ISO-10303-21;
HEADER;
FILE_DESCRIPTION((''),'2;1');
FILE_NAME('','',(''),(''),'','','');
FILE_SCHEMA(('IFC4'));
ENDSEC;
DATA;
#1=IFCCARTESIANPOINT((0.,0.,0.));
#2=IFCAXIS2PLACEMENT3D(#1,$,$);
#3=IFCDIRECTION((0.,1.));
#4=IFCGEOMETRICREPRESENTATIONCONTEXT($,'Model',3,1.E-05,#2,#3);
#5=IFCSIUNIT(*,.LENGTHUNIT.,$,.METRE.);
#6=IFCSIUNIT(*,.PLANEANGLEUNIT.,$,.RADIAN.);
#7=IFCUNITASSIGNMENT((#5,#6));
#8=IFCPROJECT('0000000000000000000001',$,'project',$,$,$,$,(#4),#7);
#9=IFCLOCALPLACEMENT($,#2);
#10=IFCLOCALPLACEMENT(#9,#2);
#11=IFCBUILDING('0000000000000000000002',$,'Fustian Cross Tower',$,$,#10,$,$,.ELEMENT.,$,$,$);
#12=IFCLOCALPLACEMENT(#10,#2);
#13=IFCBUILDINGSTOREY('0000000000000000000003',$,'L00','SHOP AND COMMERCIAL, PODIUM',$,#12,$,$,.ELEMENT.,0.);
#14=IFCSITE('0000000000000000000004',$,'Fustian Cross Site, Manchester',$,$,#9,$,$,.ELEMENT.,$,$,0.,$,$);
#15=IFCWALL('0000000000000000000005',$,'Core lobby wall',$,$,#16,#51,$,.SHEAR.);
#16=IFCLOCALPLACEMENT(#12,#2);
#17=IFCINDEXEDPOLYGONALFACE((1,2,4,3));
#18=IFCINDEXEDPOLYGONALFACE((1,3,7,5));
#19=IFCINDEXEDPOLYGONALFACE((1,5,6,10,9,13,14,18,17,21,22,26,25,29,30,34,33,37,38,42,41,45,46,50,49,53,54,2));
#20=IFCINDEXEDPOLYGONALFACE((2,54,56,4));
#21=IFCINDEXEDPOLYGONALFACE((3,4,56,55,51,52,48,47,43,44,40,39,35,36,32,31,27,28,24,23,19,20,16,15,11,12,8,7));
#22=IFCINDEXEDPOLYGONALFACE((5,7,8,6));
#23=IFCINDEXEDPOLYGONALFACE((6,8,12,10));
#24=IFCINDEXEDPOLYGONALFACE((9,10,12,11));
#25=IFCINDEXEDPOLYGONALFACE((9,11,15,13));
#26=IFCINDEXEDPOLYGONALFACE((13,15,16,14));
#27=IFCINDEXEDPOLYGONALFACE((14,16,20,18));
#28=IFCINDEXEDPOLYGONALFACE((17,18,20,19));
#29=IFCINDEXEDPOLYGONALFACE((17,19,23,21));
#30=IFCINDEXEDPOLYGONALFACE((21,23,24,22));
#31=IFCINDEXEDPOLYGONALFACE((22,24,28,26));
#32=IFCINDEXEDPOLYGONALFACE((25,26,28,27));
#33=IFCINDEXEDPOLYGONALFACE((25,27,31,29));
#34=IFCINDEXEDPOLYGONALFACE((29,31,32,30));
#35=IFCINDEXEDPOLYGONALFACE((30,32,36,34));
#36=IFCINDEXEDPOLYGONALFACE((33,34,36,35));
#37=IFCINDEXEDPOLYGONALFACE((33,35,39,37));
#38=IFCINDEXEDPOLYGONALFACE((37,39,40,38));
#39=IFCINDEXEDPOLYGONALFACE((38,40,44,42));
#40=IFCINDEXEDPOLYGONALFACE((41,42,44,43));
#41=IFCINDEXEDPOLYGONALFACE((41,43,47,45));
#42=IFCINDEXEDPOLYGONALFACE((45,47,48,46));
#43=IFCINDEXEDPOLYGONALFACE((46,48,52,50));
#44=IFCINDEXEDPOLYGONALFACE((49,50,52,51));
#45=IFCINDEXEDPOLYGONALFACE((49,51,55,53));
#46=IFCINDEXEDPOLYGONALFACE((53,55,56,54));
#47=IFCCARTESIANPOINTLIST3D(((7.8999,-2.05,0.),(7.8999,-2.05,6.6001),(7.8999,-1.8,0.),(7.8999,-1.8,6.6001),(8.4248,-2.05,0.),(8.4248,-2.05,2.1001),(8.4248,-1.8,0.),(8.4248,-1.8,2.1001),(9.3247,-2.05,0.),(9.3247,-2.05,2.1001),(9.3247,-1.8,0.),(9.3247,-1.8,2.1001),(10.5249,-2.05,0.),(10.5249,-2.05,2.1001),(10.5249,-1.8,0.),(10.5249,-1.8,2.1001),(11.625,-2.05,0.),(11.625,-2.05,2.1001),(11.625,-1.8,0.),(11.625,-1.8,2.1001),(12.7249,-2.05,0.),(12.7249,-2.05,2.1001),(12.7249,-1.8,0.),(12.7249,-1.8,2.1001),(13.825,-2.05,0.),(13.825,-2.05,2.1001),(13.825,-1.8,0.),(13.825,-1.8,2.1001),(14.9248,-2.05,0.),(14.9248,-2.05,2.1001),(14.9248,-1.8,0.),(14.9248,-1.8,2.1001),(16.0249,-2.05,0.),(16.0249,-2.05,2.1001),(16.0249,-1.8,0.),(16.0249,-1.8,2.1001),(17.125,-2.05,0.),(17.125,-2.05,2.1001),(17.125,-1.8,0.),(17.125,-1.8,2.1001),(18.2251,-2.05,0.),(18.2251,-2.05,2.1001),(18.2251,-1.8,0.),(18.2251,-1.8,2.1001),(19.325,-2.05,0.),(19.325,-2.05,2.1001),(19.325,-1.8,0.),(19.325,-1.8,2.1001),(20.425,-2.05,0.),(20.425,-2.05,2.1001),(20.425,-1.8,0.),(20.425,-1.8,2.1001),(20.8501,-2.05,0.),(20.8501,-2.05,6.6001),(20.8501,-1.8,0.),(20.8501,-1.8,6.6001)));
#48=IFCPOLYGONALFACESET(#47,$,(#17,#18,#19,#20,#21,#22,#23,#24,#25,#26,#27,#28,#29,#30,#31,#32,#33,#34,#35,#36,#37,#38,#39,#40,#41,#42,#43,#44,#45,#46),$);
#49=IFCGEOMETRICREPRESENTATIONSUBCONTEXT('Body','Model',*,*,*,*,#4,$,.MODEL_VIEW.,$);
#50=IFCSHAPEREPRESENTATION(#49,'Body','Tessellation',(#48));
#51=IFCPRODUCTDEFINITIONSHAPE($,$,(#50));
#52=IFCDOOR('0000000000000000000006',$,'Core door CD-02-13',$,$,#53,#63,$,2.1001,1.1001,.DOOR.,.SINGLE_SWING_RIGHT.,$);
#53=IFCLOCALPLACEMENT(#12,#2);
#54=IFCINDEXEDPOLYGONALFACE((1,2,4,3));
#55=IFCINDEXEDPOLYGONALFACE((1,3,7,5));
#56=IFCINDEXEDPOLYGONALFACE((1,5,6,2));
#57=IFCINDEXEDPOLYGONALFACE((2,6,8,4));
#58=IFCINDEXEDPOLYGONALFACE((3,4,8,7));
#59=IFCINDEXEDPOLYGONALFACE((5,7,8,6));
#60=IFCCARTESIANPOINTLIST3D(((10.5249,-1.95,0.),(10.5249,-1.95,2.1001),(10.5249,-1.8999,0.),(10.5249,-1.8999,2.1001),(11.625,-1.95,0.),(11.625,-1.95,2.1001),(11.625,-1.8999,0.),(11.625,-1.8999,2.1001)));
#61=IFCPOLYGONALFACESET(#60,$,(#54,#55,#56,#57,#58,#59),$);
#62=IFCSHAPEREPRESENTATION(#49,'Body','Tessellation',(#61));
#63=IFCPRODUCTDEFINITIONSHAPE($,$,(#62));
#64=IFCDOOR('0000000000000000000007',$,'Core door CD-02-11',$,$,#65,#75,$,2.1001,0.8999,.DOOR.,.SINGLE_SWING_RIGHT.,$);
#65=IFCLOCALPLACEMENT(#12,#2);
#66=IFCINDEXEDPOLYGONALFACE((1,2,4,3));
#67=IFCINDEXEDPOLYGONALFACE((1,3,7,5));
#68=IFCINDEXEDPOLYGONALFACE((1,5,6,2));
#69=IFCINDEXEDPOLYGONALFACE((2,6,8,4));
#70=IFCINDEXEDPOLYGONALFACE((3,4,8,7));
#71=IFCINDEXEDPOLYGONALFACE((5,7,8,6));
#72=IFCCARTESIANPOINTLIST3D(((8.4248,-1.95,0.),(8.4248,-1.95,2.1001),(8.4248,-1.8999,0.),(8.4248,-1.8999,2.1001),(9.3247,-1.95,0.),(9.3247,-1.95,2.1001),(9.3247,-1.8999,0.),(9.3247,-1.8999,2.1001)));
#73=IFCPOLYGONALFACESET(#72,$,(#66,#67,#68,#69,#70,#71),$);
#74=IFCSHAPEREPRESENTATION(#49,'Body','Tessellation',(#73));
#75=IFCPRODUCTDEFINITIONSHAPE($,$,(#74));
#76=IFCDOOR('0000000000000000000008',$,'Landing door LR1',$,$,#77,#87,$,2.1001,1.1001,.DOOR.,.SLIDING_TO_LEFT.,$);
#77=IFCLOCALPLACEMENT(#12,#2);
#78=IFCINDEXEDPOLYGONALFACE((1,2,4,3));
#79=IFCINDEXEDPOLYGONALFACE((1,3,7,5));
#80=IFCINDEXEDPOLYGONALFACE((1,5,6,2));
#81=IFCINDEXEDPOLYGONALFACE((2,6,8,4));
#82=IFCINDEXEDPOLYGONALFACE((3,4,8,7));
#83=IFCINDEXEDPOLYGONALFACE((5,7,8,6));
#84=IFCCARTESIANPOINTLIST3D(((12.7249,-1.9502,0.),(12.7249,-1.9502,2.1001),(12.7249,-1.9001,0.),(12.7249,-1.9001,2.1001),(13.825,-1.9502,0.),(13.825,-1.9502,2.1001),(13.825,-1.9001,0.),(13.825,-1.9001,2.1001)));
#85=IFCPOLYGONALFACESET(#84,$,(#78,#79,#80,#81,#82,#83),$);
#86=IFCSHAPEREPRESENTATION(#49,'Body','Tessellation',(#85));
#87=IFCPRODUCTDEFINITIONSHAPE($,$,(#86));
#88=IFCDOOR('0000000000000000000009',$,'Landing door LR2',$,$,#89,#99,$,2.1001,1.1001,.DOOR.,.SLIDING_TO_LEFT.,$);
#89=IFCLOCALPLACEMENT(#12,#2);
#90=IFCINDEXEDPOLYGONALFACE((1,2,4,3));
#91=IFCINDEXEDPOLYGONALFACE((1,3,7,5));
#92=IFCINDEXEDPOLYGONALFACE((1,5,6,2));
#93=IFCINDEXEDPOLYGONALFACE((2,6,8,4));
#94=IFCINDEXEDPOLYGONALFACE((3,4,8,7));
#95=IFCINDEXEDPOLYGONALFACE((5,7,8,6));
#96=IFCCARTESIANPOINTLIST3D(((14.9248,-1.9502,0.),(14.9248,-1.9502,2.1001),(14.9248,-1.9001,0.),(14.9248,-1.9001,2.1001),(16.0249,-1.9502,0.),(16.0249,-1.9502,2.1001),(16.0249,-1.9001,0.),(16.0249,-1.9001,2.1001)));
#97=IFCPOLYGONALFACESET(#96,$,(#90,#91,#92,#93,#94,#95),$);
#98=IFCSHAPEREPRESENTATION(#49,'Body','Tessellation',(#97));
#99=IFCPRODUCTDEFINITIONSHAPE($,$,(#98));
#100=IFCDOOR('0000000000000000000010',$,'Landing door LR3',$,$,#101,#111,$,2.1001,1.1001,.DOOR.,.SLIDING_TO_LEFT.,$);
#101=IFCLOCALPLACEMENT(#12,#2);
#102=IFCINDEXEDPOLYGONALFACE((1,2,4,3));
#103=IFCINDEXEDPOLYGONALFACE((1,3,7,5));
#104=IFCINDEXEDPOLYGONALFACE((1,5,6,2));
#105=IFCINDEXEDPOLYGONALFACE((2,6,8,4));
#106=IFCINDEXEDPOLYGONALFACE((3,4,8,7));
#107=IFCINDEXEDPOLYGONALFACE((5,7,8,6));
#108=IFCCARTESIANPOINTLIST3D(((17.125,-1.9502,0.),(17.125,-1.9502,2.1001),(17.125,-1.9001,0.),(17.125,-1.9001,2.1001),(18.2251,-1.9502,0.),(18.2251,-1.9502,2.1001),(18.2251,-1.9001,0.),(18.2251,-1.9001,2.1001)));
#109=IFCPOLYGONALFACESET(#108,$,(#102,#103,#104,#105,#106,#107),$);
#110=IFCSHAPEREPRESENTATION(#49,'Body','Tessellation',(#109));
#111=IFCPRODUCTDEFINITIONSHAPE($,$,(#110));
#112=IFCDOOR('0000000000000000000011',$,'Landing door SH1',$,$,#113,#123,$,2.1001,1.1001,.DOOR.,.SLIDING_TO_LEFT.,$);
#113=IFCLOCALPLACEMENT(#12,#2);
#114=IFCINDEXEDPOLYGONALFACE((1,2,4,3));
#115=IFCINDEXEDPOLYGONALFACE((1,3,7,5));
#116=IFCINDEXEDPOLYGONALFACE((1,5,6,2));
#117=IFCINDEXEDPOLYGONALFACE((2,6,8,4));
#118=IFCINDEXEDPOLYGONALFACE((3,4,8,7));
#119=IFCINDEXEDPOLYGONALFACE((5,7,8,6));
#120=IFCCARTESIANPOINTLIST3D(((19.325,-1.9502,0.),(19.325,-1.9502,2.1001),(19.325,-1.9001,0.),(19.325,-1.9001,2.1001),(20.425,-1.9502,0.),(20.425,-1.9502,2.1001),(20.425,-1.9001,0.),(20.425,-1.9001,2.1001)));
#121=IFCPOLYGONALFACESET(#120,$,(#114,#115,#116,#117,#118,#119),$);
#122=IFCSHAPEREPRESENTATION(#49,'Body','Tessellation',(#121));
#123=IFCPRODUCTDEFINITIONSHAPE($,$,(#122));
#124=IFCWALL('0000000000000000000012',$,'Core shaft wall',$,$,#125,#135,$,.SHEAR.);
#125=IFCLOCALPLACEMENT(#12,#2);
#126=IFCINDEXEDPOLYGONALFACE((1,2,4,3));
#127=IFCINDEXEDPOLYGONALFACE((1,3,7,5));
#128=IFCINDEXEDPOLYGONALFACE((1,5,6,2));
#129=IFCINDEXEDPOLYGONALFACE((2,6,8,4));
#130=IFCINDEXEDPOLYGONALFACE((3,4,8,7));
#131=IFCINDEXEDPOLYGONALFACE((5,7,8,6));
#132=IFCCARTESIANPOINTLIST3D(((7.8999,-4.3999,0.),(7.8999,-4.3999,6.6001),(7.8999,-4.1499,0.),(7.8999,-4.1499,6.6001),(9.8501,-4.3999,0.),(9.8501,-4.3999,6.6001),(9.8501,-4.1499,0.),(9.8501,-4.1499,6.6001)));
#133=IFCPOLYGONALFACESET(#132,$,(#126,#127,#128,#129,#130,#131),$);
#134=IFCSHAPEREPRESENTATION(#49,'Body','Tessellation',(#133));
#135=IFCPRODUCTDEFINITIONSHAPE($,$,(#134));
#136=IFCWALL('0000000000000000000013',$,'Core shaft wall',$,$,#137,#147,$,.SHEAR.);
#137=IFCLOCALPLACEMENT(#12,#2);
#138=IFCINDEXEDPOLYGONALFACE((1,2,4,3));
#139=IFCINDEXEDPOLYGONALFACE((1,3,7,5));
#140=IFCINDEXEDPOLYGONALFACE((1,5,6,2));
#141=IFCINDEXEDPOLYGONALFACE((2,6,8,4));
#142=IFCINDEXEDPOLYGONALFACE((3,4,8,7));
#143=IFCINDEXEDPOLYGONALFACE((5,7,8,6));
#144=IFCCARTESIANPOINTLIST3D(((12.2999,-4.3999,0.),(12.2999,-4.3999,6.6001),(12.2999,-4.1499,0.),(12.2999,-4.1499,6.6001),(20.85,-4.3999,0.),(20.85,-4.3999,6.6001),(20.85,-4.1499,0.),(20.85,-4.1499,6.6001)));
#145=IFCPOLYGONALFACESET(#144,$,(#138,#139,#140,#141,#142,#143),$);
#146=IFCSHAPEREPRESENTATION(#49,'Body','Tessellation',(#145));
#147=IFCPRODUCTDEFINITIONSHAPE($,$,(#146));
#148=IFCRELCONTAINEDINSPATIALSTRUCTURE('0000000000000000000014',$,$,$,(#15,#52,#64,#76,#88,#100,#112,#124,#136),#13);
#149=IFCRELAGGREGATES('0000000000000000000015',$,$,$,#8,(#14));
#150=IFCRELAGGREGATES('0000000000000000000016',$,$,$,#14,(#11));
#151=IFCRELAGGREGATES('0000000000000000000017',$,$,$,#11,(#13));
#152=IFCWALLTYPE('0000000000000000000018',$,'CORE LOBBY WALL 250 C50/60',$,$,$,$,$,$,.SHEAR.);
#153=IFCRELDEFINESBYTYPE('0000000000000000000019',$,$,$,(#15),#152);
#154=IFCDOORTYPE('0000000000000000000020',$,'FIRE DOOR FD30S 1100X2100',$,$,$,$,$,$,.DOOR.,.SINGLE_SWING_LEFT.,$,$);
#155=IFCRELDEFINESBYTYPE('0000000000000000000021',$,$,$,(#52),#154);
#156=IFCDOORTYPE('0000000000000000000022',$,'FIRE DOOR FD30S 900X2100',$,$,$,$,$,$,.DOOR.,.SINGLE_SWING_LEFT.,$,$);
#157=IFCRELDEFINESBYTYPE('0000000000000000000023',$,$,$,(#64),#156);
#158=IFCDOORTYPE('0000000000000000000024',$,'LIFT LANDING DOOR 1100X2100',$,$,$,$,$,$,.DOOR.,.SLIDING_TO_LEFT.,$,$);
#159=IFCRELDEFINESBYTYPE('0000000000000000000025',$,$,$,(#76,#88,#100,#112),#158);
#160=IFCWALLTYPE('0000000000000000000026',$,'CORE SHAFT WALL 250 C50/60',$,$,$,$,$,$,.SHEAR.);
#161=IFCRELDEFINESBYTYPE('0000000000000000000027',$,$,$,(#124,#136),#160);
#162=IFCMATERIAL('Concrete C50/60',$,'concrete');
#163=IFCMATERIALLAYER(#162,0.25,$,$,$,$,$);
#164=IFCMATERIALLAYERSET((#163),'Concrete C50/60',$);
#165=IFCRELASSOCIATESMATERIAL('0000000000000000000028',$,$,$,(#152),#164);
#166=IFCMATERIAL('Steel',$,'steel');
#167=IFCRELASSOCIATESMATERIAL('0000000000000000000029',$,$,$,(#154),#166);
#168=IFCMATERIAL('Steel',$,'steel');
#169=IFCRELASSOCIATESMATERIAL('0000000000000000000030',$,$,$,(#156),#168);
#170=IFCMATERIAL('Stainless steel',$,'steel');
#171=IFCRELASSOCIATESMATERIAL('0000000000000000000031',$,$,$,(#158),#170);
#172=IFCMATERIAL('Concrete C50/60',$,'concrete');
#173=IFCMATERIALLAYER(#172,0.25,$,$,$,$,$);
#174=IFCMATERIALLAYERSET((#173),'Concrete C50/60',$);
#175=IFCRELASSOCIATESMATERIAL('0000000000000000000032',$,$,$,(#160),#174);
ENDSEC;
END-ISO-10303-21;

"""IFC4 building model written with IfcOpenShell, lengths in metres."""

from ifc_helpers import new_model, si_unit, direction, frame, frame_2d, origin, place, context, subcontext, project, spatial, rectangle, extrude, material, layer, layer_set, type_object, element, fill, save


model = new_model("IFC4")

# Units and contexts
model_context = context("Model", 3, precision=1e-05, world=origin(), true_north=direction((0.0, 1.0)))
body_context = subcontext(model_context, "Body", "Model", "MODEL_VIEW")
ifc_project = project(units=[si_unit("LENGTHUNIT", "METRE"), si_unit("PLANEANGLEUNIT", "RADIAN")], contexts=[model_context])

# Site, building, storey
site_placement = place(None, origin())
site = spatial("IfcSite", under=ifc_project, at=site_placement, Name="Fustian Cross Site, Manchester", CompositionType="ELEMENT", RefElevation=0.0)
building_placement = place(site_placement, origin())
building = spatial("IfcBuilding", under=site, at=building_placement, Name="Fustian Cross Tower", CompositionType="ELEMENT")
storey_placement = place(building_placement, origin())
storey = spatial("IfcBuildingStorey", under=building, at=storey_placement, Name="L00", Description="SHOP AND COMMERCIAL, PODIUM", CompositionType="ELEMENT", Elevation=0.0)

# Wall, openings, doors
ifc_material_1 = material(Name="Concrete C50/60", Category="concrete")
ifc_layer_1 = layer(ifc_material_1, 0.25)
ifc_layer_set_1 = layer_set([ifc_layer_1], Name="Concrete C50/60")
wall_type_1 = type_object("IfcWallType", Name="CORE LOBBY WALL 250 C50/60", PredefinedType="SHEAR", material=ifc_layer_set_1)
wall_1_placement = place(storey_placement, frame((7.8999, -1.925, 0.0), z_axis=(0.0, 0.0, 1.0), x_axis=(1.0, 0.0, 0.0)))
wall_1 = element("IfcWall", 1, at=wall_1_placement, inside=storey, type_object=wall_type_1, Name="Core lobby wall", PredefinedType="SHEAR", context=body_context, shape_type="SweptSolid", body=[
    extrude(rectangle(XDim=12.9502, YDim=0.25, at=frame_2d((6.4751, 0.0))), origin(), (0.0, 0.0, 1.0), 6.6001),
])
opening_1_placement = place(wall_1_placement, frame((4.825, 0.0, 0.0)))
opening_1 = element("IfcOpeningElement", 2, at=opening_1_placement, cuts=wall_1, PredefinedType="OPENING", context=body_context, shape_type="SweptSolid", body=[
    extrude(rectangle(XDim=1.1001, YDim=2.1001, at=frame_2d((0.55, 1.05))), frame((0.0, 0.135, 0.0), z_axis=(0.0, -1.0, 0.0), x_axis=(1.0, 0.0, 0.0)), (0.0, 0.0, 1.0), 0.27),
])
opening_2_placement = place(wall_1_placement, frame((7.0249, 0.0, 0.0)))
opening_2 = element("IfcOpeningElement", 3, at=opening_2_placement, cuts=wall_1, PredefinedType="OPENING", context=body_context, shape_type="SweptSolid", body=[
    extrude(rectangle(XDim=1.1001, YDim=2.1001, at=frame_2d((0.55, 1.05))), frame((0.0, 0.135, 0.0), z_axis=(0.0, -1.0, 0.0), x_axis=(1.0, 0.0, 0.0)), (0.0, 0.0, 1.0), 0.27),
])
opening_3_placement = place(wall_1_placement, frame((9.2251, 0.0, 0.0)))
opening_3 = element("IfcOpeningElement", 4, at=opening_3_placement, cuts=wall_1, PredefinedType="OPENING", context=body_context, shape_type="SweptSolid", body=[
    extrude(rectangle(XDim=1.1001, YDim=2.1001, at=frame_2d((0.55, 1.05))), frame((0.0, 0.135, 0.0), z_axis=(0.0, -1.0, 0.0), x_axis=(1.0, 0.0, 0.0)), (0.0, 0.0, 1.0), 0.27),
])
opening_4_placement = place(wall_1_placement, frame((11.425, 0.0, 0.0)))
opening_4 = element("IfcOpeningElement", 5, at=opening_4_placement, cuts=wall_1, PredefinedType="OPENING", context=body_context, shape_type="SweptSolid", body=[
    extrude(rectangle(XDim=1.1001, YDim=2.1001, at=frame_2d((0.55, 1.05))), frame((0.0, 0.135, 0.0), z_axis=(0.0, -1.0, 0.0), x_axis=(1.0, 0.0, 0.0)), (0.0, 0.0, 1.0), 0.27),
])
opening_5_placement = place(wall_1_placement, frame((0.5249, 0.0, 0.0)))
opening_5 = element("IfcOpeningElement", 6, at=opening_5_placement, cuts=wall_1, PredefinedType="OPENING", context=body_context, shape_type="SweptSolid", body=[
    extrude(rectangle(XDim=0.8999, YDim=2.1001, at=frame_2d((0.45, 1.05))), frame((0.0, 0.135, 0.0), z_axis=(0.0, -1.0, 0.0), x_axis=(1.0, 0.0, 0.0)), (0.0, 0.0, 1.0), 0.27),
])
opening_6_placement = place(wall_1_placement, frame((2.625, 0.0, 0.0)))
opening_6 = element("IfcOpeningElement", 7, at=opening_6_placement, cuts=wall_1, PredefinedType="OPENING", context=body_context, shape_type="SweptSolid", body=[
    extrude(rectangle(XDim=1.1001, YDim=2.1001, at=frame_2d((0.55, 1.05))), frame((0.0, 0.135, 0.0), z_axis=(0.0, -1.0, 0.0), x_axis=(1.0, 0.0, 0.0)), (0.0, 0.0, 1.0), 0.27),
])
ifc_material_2 = material(Name="Steel", Category="steel")
door_type_1 = type_object("IfcDoorType", Name="FIRE DOOR FD30S 1100X2100", OperationType="SINGLE_SWING_LEFT", PredefinedType="DOOR", material=ifc_material_2)
door_1_placement = place(opening_6_placement, frame((1.1001, 0.0, 0.0), z_axis=(0.0, 0.0, 1.0), x_axis=(-1.0, 0.0, 0.0)))
door_1 = element("IfcDoor", 8, at=door_1_placement, inside=storey, type_object=door_type_1, Name="Core door CD-02-13", OperationType="SINGLE_SWING_RIGHT", OverallHeight=2.1001, OverallWidth=1.1001, PredefinedType="DOOR", context=body_context, shape_type="SweptSolid", body=[
    extrude(rectangle(XDim=1.1001, YDim=2.1001, at=frame_2d((0.55, 1.05))), frame((0.0, 0.0249, 0.0), z_axis=(0.0, -1.0, 0.0), x_axis=(1.0, 0.0, 0.0)), (0.0, 0.0, 1.0), 0.05),
])
fill(opening_6, door_1)
ifc_material_3 = material(Name="Steel", Category="steel")
door_type_2 = type_object("IfcDoorType", Name="FIRE DOOR FD30S 900X2100", OperationType="SINGLE_SWING_LEFT", PredefinedType="DOOR", material=ifc_material_3)
door_2_placement = place(opening_5_placement, frame((0.8999, 0.0, 0.0), z_axis=(0.0, 0.0, 1.0), x_axis=(-1.0, 0.0, 0.0)))
door_2 = element("IfcDoor", 9, at=door_2_placement, inside=storey, type_object=door_type_2, Name="Core door CD-02-11", OperationType="SINGLE_SWING_RIGHT", OverallHeight=2.1001, OverallWidth=0.8999, PredefinedType="DOOR", context=body_context, shape_type="SweptSolid", body=[
    extrude(rectangle(XDim=0.8999, YDim=2.1001, at=frame_2d((0.45, 1.05))), frame((0.0, 0.0249, 0.0), z_axis=(0.0, -1.0, 0.0), x_axis=(1.0, 0.0, 0.0)), (0.0, 0.0, 1.0), 0.05),
])
fill(opening_5, door_2)
ifc_material_4 = material(Name="Stainless steel", Category="steel")
door_type_3 = type_object("IfcDoorType", Name="LIFT LANDING DOOR 1100X2100", OperationType="SLIDING_TO_LEFT", PredefinedType="DOOR", material=ifc_material_4)
door_3_placement = place(opening_1_placement, origin())
door_3 = element("IfcDoor", 10, at=door_3_placement, inside=storey, type_object=door_type_3, Name="Landing door LR1", OperationType="SLIDING_TO_LEFT", OverallHeight=2.1001, OverallWidth=1.1001, PredefinedType="DOOR", context=body_context, shape_type="SweptSolid", body=[
    extrude(rectangle(XDim=1.1001, YDim=2.1001, at=frame_2d((0.55, 1.05))), frame((0.0, 0.0249, 0.0), z_axis=(0.0, -1.0, 0.0), x_axis=(1.0, 0.0, 0.0)), (0.0, 0.0, 1.0), 0.05),
])
fill(opening_1, door_3)
door_4_placement = place(opening_2_placement, origin())
door_4 = element("IfcDoor", 11, at=door_4_placement, inside=storey, type_object=door_type_3, Name="Landing door LR2", OperationType="SLIDING_TO_LEFT", OverallHeight=2.1001, OverallWidth=1.1001, PredefinedType="DOOR", context=body_context, shape_type="SweptSolid", body=[
    extrude(rectangle(XDim=1.1001, YDim=2.1001, at=frame_2d((0.55, 1.05))), frame((0.0, 0.0249, 0.0), z_axis=(0.0, -1.0, 0.0), x_axis=(1.0, 0.0, 0.0)), (0.0, 0.0, 1.0), 0.05),
])
fill(opening_2, door_4)
door_5_placement = place(opening_3_placement, origin())
door_5 = element("IfcDoor", 12, at=door_5_placement, inside=storey, type_object=door_type_3, Name="Landing door LR3", OperationType="SLIDING_TO_LEFT", OverallHeight=2.1001, OverallWidth=1.1001, PredefinedType="DOOR", context=body_context, shape_type="SweptSolid", body=[
    extrude(rectangle(XDim=1.1001, YDim=2.1001, at=frame_2d((0.55, 1.05))), frame((0.0, 0.0249, 0.0), z_axis=(0.0, -1.0, 0.0), x_axis=(1.0, 0.0, 0.0)), (0.0, 0.0, 1.0), 0.05),
])
fill(opening_3, door_5)
door_6_placement = place(opening_4_placement, origin())
door_6 = element("IfcDoor", 13, at=door_6_placement, inside=storey, type_object=door_type_3, Name="Landing door SH1", OperationType="SLIDING_TO_LEFT", OverallHeight=2.1001, OverallWidth=1.1001, PredefinedType="DOOR", context=body_context, shape_type="SweptSolid", body=[
    extrude(rectangle(XDim=1.1001, YDim=2.1001, at=frame_2d((0.55, 1.05))), frame((0.0, 0.0249, 0.0), z_axis=(0.0, -1.0, 0.0), x_axis=(1.0, 0.0, 0.0)), (0.0, 0.0, 1.0), 0.05),
])
fill(opening_4, door_6)

# Walls
ifc_material_5 = material(Name="Concrete C50/60", Category="concrete")
ifc_layer_2 = layer(ifc_material_5, 0.25)
ifc_layer_set_2 = layer_set([ifc_layer_2], Name="Concrete C50/60")
wall_type_2 = type_object("IfcWallType", Name="CORE SHAFT WALL 250 C50/60", PredefinedType="SHEAR", material=ifc_layer_set_2)
wall_2_placement = place(storey_placement, frame((7.8999, -4.2749, 0.0), z_axis=(0.0, 0.0, 1.0), x_axis=(1.0, 0.0, 0.0)))
element("IfcWall", 14, at=wall_2_placement, inside=storey, type_object=wall_type_2, Name="Core shaft wall", PredefinedType="SHEAR", context=body_context, shape_type="SweptSolid", body=[
    extrude(rectangle(XDim=1.9502, YDim=0.25, at=frame_2d((0.9751, 0.0))), origin(), (0.0, 0.0, 1.0), 6.6001),
])
wall_3_placement = place(storey_placement, frame((12.3, -4.2749, 0.0), z_axis=(0.0, 0.0, 1.0), x_axis=(1.0, 0.0, 0.0)))
element("IfcWall", 15, at=wall_3_placement, inside=storey, type_object=wall_type_2, Name="Core shaft wall", PredefinedType="SHEAR", context=body_context, shape_type="SweptSolid", body=[
    extrude(rectangle(XDim=8.55, YDim=0.25, at=frame_2d((4.2749, 0.0))), origin(), (0.0, 0.0, 1.0), 6.6001),
])

save(model, "model.ifc")
